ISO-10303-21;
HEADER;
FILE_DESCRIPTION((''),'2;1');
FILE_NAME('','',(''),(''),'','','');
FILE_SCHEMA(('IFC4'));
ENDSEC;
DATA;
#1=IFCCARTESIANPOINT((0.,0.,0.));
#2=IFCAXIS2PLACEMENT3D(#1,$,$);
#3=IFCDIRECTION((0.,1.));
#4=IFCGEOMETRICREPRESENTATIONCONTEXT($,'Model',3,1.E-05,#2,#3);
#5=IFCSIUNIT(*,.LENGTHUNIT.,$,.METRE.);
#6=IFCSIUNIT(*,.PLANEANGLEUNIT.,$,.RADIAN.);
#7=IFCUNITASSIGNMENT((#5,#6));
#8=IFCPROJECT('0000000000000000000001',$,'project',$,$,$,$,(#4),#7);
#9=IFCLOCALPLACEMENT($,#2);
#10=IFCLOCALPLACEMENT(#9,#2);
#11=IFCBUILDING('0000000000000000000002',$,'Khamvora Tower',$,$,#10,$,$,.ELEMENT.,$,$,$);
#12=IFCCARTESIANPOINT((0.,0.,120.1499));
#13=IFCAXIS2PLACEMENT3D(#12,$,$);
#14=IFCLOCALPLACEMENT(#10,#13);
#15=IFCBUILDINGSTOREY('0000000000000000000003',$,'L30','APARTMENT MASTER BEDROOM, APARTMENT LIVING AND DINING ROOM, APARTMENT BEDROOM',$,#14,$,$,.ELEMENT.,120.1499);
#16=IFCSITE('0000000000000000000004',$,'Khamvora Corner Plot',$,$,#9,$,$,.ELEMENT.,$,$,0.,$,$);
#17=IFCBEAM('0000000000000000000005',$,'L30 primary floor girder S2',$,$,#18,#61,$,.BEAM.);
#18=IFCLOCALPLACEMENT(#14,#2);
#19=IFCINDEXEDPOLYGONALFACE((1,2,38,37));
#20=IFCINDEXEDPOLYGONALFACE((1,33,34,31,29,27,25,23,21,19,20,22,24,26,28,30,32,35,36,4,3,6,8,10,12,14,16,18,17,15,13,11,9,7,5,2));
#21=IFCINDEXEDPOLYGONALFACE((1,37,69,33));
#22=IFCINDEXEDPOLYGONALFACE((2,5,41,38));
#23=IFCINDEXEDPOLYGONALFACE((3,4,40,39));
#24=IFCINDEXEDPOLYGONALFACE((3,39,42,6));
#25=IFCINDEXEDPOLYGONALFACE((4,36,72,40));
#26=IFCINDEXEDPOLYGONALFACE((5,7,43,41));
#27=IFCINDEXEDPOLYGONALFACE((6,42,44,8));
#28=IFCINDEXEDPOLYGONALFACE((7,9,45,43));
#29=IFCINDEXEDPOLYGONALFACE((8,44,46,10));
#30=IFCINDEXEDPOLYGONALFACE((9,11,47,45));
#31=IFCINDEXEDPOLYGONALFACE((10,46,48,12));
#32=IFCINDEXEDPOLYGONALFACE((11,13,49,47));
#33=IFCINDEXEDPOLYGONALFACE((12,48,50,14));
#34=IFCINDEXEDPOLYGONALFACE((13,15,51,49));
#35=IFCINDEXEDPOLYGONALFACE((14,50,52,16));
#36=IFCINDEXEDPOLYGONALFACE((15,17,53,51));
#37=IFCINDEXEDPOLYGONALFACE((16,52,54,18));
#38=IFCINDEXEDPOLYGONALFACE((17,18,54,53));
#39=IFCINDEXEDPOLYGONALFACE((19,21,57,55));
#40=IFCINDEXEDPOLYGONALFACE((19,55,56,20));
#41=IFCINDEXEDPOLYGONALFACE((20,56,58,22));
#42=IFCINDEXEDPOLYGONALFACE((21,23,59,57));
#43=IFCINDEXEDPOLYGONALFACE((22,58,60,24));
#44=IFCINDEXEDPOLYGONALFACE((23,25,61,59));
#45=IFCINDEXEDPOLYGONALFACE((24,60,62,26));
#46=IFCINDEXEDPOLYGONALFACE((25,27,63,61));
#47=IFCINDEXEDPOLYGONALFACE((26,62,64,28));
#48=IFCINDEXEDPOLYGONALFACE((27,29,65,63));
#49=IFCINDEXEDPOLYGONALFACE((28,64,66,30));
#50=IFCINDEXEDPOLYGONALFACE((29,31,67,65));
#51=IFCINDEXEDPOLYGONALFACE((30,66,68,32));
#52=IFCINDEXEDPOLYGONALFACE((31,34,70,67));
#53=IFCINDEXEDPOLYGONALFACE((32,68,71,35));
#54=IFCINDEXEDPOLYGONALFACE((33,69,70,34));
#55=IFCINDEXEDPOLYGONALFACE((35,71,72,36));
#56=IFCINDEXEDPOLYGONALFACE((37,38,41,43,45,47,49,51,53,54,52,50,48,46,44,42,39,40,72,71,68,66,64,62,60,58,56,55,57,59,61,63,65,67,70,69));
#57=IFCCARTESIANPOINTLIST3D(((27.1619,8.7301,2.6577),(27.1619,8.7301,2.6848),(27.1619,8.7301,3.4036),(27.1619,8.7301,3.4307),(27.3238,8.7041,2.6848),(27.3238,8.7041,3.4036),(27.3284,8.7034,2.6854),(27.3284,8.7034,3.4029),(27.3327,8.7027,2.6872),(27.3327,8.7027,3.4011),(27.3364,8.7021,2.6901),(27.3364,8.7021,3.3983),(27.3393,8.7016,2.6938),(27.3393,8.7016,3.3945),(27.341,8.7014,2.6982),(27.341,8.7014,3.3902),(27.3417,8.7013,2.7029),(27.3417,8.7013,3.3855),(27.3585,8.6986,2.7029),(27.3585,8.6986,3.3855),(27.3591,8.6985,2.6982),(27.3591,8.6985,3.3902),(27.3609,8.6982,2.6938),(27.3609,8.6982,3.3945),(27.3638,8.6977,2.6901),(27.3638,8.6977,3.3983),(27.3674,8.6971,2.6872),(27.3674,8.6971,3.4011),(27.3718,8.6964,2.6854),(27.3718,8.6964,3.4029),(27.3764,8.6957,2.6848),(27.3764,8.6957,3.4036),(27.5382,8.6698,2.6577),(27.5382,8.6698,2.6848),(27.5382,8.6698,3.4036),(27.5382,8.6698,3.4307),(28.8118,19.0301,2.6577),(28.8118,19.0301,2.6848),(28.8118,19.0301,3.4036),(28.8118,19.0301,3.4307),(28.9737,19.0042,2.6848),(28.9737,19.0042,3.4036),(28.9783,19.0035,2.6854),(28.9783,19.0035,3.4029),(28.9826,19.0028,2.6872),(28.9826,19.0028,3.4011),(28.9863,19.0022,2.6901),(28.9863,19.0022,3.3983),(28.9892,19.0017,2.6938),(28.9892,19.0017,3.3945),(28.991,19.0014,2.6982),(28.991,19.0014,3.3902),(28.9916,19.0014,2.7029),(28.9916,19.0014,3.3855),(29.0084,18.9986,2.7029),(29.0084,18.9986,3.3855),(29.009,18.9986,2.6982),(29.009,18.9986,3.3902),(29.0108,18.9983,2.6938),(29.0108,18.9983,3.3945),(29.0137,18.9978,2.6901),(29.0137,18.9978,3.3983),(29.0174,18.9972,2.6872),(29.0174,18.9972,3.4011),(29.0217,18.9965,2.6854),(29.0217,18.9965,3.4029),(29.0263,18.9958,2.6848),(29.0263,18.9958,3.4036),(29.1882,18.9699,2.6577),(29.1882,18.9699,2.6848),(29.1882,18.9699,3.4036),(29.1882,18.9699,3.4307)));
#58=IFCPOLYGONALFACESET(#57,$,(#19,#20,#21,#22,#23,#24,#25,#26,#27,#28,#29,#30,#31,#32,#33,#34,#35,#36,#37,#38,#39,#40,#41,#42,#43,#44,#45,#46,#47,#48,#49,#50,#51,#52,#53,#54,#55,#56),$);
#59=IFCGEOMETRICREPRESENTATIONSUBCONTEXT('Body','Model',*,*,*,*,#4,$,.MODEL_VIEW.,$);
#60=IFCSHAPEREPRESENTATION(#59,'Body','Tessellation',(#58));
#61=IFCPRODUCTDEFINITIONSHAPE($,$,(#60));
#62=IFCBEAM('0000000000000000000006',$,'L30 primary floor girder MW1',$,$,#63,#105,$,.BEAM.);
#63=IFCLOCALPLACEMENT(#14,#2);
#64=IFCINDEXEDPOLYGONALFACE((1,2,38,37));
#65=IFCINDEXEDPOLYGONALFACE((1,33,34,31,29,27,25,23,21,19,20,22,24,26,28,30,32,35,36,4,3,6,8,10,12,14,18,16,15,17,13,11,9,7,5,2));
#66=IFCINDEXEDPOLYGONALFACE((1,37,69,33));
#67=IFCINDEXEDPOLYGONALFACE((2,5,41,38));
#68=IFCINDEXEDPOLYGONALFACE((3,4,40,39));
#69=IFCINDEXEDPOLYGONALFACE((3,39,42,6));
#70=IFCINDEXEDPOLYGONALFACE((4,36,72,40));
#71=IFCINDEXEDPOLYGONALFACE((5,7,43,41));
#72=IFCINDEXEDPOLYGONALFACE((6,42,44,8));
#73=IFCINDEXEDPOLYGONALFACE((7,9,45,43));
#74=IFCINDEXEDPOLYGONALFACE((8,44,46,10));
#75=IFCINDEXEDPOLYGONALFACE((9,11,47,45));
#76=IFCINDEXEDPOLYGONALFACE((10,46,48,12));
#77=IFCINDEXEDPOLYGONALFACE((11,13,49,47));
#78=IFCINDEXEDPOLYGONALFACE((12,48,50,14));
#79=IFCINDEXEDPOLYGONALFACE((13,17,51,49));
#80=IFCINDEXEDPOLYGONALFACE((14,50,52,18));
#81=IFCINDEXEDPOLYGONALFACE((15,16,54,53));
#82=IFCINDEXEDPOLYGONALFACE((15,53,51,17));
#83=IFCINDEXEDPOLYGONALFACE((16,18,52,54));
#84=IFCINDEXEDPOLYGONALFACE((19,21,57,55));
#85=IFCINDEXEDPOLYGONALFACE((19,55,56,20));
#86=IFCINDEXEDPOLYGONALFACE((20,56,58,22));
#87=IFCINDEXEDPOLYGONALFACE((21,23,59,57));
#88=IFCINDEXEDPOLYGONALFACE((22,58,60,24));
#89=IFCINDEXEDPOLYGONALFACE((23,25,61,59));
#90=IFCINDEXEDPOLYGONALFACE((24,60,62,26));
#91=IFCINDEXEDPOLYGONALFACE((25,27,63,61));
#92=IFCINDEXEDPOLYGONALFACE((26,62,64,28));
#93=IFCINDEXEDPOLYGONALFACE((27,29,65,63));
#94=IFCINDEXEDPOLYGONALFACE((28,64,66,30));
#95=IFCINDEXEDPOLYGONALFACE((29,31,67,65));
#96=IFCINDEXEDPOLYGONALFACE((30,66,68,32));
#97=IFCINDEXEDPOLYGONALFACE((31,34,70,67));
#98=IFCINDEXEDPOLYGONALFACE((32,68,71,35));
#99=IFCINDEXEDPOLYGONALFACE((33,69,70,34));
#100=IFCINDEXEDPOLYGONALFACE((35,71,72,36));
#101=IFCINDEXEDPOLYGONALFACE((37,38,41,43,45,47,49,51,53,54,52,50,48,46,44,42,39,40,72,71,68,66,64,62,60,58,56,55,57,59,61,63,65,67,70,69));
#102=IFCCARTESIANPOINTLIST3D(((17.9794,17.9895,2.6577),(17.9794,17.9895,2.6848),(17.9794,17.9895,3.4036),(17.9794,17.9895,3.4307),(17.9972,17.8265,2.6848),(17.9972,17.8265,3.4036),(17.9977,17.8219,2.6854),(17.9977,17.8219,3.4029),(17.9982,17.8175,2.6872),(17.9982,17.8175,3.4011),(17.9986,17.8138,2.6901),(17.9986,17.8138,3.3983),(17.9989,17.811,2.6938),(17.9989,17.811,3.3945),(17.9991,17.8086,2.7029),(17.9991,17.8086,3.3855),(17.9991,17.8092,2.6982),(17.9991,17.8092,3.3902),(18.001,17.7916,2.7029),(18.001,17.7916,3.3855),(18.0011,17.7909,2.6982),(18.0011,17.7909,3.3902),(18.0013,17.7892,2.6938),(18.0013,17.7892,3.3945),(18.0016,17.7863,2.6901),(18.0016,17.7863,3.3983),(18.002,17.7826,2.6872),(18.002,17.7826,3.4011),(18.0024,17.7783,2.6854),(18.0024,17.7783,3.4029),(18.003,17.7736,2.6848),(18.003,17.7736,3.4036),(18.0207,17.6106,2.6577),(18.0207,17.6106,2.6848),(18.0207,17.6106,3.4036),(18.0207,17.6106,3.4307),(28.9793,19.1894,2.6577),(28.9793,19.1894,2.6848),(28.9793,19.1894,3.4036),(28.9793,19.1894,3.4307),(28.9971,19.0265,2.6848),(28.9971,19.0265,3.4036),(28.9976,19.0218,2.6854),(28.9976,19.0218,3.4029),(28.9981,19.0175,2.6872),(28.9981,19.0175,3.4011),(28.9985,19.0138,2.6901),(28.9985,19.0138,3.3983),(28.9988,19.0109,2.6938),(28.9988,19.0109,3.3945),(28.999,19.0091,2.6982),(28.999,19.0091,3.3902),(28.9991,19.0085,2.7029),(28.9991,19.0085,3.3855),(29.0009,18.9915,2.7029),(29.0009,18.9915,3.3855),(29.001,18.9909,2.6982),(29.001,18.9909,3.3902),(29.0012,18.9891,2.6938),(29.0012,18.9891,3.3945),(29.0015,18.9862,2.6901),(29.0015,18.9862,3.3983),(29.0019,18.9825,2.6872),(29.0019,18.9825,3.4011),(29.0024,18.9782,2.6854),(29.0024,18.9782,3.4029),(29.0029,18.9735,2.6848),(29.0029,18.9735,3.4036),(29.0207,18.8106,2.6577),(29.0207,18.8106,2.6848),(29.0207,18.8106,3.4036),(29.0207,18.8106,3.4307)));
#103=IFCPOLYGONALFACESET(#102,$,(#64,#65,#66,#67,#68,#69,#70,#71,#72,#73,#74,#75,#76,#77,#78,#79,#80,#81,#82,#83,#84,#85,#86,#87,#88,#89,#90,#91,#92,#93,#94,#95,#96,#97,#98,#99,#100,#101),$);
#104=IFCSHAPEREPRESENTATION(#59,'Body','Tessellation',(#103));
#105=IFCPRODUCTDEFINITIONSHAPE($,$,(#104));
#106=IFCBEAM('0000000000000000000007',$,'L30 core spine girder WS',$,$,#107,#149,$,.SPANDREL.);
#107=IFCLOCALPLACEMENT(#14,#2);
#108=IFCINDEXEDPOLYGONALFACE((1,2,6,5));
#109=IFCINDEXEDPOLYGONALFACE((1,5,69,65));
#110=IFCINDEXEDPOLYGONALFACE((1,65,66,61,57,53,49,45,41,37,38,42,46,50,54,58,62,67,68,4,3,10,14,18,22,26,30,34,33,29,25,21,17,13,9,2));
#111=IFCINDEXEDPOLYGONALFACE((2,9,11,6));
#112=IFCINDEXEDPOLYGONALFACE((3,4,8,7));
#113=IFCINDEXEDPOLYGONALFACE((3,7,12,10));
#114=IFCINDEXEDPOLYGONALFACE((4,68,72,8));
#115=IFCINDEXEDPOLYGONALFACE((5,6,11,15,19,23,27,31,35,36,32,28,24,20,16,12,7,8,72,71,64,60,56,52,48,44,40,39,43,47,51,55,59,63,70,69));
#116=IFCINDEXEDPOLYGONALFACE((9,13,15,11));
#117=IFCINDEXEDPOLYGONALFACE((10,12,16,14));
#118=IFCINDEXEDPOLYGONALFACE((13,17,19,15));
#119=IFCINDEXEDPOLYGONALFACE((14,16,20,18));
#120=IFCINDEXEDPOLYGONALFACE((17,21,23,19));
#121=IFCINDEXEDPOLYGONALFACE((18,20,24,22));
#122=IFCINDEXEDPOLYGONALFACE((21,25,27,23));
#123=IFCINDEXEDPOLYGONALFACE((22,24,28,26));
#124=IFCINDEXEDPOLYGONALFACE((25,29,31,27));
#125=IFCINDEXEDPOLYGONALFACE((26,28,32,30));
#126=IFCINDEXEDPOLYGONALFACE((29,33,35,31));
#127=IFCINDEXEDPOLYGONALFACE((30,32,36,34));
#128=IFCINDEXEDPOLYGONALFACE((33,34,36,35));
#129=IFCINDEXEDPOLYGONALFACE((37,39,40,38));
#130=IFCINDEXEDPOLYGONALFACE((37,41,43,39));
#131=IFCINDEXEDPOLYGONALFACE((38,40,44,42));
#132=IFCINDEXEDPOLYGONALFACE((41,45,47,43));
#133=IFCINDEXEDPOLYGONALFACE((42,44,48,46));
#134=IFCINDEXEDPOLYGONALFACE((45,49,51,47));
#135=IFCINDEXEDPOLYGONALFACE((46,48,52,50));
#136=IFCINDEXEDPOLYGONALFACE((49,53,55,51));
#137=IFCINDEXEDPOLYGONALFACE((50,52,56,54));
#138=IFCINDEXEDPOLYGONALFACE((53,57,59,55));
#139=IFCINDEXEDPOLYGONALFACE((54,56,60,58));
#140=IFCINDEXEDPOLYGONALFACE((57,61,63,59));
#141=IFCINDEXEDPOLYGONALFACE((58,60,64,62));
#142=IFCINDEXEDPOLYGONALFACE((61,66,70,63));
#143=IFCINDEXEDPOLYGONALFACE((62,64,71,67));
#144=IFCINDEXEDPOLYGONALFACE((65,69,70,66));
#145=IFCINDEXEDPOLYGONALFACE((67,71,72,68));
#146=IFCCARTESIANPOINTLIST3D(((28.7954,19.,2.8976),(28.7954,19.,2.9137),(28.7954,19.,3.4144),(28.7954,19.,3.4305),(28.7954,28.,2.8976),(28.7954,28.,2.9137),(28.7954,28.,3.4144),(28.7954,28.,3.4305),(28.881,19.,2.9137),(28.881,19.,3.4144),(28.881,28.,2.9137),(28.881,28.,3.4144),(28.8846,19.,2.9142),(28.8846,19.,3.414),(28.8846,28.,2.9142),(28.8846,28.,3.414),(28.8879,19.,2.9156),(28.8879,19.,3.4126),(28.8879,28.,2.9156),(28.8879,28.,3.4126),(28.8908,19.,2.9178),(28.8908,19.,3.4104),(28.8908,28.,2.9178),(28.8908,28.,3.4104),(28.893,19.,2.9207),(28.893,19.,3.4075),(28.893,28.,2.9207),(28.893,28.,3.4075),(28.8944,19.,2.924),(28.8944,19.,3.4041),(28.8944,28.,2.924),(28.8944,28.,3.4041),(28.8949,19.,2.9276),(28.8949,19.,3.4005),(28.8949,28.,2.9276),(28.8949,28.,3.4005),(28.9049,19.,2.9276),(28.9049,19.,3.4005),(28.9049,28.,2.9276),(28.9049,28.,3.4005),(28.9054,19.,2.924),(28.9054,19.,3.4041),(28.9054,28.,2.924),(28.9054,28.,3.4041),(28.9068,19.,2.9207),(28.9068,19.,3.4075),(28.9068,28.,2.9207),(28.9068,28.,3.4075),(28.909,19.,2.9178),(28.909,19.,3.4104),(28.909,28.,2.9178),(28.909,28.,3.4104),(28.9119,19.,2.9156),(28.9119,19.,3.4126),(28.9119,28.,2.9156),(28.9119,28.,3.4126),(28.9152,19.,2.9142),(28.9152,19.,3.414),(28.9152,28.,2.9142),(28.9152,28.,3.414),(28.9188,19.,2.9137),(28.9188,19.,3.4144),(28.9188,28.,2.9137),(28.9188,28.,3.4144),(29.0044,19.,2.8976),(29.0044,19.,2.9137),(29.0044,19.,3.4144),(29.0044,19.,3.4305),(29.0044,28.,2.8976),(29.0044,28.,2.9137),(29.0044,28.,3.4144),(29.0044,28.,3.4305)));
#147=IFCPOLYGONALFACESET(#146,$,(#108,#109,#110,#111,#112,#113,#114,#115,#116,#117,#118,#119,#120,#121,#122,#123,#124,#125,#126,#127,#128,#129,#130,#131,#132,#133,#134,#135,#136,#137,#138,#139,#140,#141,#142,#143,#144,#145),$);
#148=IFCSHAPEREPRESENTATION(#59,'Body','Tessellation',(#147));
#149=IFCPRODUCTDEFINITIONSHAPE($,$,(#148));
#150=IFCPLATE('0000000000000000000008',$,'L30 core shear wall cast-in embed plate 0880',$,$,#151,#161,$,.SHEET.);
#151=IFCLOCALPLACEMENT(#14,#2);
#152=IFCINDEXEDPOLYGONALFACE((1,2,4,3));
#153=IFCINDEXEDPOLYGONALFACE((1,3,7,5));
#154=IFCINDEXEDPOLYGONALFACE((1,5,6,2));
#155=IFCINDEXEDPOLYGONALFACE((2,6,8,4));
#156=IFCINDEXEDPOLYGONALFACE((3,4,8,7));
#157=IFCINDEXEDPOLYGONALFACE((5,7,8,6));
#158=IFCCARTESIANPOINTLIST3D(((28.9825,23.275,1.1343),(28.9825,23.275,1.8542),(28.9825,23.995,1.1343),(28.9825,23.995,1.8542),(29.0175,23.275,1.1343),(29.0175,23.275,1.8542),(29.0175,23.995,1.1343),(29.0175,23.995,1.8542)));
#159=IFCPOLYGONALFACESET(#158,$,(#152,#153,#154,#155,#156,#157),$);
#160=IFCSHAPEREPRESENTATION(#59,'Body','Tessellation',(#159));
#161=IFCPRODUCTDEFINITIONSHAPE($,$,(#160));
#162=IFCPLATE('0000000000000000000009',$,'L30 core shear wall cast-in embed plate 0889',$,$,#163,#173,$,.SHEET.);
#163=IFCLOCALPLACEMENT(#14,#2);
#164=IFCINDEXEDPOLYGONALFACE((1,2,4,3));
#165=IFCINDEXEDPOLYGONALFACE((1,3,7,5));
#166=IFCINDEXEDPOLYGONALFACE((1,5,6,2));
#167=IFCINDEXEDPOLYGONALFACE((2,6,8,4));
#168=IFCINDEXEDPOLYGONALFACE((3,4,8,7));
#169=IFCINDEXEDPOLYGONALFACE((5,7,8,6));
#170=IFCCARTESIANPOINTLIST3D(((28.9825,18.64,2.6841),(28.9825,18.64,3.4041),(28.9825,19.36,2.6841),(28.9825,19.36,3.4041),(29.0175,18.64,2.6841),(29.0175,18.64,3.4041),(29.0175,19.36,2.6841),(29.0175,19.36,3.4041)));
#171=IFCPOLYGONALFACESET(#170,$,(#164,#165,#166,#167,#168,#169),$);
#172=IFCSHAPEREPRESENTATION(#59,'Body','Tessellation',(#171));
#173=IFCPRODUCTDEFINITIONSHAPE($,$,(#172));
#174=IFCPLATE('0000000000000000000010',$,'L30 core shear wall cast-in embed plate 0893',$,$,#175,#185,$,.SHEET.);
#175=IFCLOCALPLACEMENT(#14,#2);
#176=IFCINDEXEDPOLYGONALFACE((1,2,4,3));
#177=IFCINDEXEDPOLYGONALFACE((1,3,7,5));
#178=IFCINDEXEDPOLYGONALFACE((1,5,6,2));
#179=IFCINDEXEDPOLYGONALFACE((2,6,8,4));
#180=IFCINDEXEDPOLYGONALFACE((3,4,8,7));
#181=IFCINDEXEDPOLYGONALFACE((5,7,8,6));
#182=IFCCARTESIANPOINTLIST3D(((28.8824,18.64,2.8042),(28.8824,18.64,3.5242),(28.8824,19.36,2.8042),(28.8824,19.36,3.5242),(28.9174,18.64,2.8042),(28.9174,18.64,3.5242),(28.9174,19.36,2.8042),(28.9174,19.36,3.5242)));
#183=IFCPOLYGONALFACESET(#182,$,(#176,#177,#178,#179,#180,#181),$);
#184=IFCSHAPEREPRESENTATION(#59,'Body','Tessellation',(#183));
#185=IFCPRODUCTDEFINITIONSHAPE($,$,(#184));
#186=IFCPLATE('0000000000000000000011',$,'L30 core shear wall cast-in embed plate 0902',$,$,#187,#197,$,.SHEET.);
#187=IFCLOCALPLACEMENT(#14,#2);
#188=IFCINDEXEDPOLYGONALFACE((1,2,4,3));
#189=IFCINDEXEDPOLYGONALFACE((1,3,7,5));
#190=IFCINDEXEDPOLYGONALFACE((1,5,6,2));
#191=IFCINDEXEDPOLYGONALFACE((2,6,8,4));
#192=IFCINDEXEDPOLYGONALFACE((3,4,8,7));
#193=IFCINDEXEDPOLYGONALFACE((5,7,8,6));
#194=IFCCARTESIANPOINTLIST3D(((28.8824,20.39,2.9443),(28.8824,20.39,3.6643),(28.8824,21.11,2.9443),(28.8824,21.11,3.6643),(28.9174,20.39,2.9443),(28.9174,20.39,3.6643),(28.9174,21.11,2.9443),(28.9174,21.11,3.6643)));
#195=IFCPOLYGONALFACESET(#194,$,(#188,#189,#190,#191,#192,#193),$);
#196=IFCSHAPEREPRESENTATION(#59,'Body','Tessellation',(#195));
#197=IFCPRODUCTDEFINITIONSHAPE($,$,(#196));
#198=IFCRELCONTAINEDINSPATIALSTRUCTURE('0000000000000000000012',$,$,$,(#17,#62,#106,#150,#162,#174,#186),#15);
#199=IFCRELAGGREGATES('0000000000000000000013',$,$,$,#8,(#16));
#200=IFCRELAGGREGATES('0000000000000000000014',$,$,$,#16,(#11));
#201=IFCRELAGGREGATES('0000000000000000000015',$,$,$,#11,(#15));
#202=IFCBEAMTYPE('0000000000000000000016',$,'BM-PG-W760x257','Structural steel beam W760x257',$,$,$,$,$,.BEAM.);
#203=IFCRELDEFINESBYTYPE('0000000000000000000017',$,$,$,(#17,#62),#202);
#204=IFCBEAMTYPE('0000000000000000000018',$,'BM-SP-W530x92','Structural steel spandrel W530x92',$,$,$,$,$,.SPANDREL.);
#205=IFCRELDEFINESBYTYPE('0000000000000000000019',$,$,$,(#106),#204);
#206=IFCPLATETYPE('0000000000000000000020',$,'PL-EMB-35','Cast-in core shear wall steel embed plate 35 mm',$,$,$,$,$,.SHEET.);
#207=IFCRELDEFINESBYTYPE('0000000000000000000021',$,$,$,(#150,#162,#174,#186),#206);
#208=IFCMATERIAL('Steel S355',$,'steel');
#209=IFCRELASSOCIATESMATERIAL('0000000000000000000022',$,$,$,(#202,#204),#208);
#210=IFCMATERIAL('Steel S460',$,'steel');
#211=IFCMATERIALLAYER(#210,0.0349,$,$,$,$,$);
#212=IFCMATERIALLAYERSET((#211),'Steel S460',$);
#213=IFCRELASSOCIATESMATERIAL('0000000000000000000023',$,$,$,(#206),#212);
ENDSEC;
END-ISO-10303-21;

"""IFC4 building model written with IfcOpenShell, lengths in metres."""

from ifc_helpers import new_model, si_unit, direction, frame, origin, origin_2d, place, context, subcontext, project, spatial, rectangle, i_section, extrude, material, layer, layer_set, material_profile, profile_set, type_object, element, save


model = new_model("IFC4")

# Units and contexts
model_context = context("Model", 3, precision=1e-05, world=origin(), true_north=direction((0.0, 1.0)))
body_context = subcontext(model_context, "Body", "Model", "MODEL_VIEW")
ifc_project = project(units=[si_unit("LENGTHUNIT", "METRE"), si_unit("PLANEANGLEUNIT", "RADIAN")], contexts=[model_context])

# Site, building, storey
site_placement = place(None, origin())
site = spatial("IfcSite", under=ifc_project, at=site_placement, Name="Khamvora Corner Plot", CompositionType="ELEMENT", RefElevation=0.0)
building_placement = place(site_placement, origin())
building = spatial("IfcBuilding", under=site, at=building_placement, Name="Khamvora Tower", CompositionType="ELEMENT")
storey_placement = place(building_placement, frame((0.0, 0.0, 120.1499)))
storey = spatial("IfcBuildingStorey", under=building, at=storey_placement, Name="L30", Description="APARTMENT MASTER BEDROOM, APARTMENT LIVING AND DINING ROOM, APARTMENT BEDROOM", CompositionType="ELEMENT", Elevation=120.1499)

# Shared definitions
ifc_material_1 = material(Name="Steel S460", Category="steel")

# Beams
ifc_material_2 = material(Name="Steel S355", Category="steel")
ifc_material_profile_1 = material_profile(ifc_material_2, i_section(OverallWidth=0.3811, OverallDepth=0.7729, WebThickness=0.0171, FlangeThickness=0.0271, FilletRadius=0.0181, at=origin_2d()), Name="W760x257")
ifc_profile_set_1 = profile_set([ifc_material_profile_1], Name="Steel S355")
beam_type_1 = type_object("IfcBeamType", Name="BM-PG-W760x257", Description="Structural steel beam W760x257", PredefinedType="BEAM", material=ifc_profile_set_1)
beam_1_placement = place(storey_placement, frame((29.0, 19.0, 3.0442), z_axis=(-0.158168, -0.987412, 0.0), x_axis=(0.987412, -0.158168, 0.0)))
element("IfcBeam", 1, at=beam_1_placement, inside=storey, type_object=beam_type_1, Name="L30 primary floor girder S2", PredefinedType="BEAM", context=body_context, shape_type="SweptSolid", body=[
    extrude(i_section(OverallWidth=0.3811, OverallDepth=0.7729, WebThickness=0.0171, FlangeThickness=0.0271, FilletRadius=0.0181, at=origin_2d()), origin(), (0.0, 0.0, 1.0), 10.4314),
])
beam_2_placement = place(storey_placement, frame((29.0, 19.0, 3.0442), z_axis=(-0.994103, -0.108443, 0.0), x_axis=(0.108443, -0.994103, 0.0)))
element("IfcBeam", 2, at=beam_2_placement, inside=storey, type_object=beam_type_1, Name="L30 primary floor girder MW1", PredefinedType="BEAM", context=body_context, shape_type="SweptSolid", body=[
    extrude(i_section(OverallWidth=0.3811, OverallDepth=0.7729, WebThickness=0.0171, FlangeThickness=0.0271, FilletRadius=0.0181, at=origin_2d()), origin(), (0.0, 0.0, 1.0), 11.0652),
])
ifc_material_profile_2 = material_profile(ifc_material_2, i_section(OverallWidth=0.209, OverallDepth=0.533, WebThickness=0.01, FlangeThickness=0.0161, FilletRadius=0.0139, at=origin_2d()), Name="W530x92")
ifc_profile_set_2 = profile_set([ifc_material_profile_2], Name="Steel S355")
beam_type_2 = type_object("IfcBeamType", Name="BM-SP-W530x92", Description="Structural steel spandrel W530x92", PredefinedType="SPANDREL", material=ifc_profile_set_2)
beam_3_placement = place(storey_placement, frame((28.8999, 19.0, 3.1641), z_axis=(0.0, 1.0, 0.0), x_axis=(-1.0, 0.0, 0.0)))
element("IfcBeam", 3, at=beam_3_placement, inside=storey, type_object=beam_type_2, Name="L30 core spine girder WS", PredefinedType="SPANDREL", context=body_context, shape_type="SweptSolid", body=[
    extrude(i_section(OverallWidth=0.209, OverallDepth=0.533, WebThickness=0.01, FlangeThickness=0.0161, FilletRadius=0.0139, at=origin_2d()), origin(), (0.0, 0.0, 1.0), 9.0),
])

# Plates
ifc_layer_1 = layer(ifc_material_1, 0.0349)
ifc_layer_set_1 = layer_set([ifc_layer_1], Name="Steel S460")
plate_type = type_object("IfcPlateType", Name="PL-EMB-35", Description="Cast-in core shear wall steel embed plate 35 mm", PredefinedType="SHEET", material=ifc_layer_set_1)
for number, where, z_axis, x_axis, name in (
    (4, (29.0, 23.635, 1.1343), (0.0, 0.0, 1.0), (1.0, 0.0, 0.0), "L30 core shear wall cast-in embed plate 0880"),
    (5, (29.0, 19.0, 2.6841), (0.0, 0.0, 1.0), (1.0, 0.0, 0.0), "L30 core shear wall cast-in embed plate 0889"),
    (6, (28.8999, 19.0, 2.8042), (0.0, 0.0, 1.0), (1.0, 0.0, 0.0), "L30 core shear wall cast-in embed plate 0893"),
    (7, (28.8999, 20.75, 2.9443), (0.0, 0.0, 1.0), (1.0, 0.0, 0.0), "L30 core shear wall cast-in embed plate 0902"),
):
    element("IfcPlate", number, at=place(storey_placement, frame(where, z_axis=z_axis, x_axis=x_axis)), inside=storey, type_object=plate_type, Name=name, PredefinedType="SHEET", context=body_context, shape_type="SweptSolid", body=[
        extrude(rectangle(XDim=0.0349, YDim=0.72, at=origin_2d()), origin(), (0.0, 0.0, 1.0), 0.72),
    ])

save(model, "model.ifc")
